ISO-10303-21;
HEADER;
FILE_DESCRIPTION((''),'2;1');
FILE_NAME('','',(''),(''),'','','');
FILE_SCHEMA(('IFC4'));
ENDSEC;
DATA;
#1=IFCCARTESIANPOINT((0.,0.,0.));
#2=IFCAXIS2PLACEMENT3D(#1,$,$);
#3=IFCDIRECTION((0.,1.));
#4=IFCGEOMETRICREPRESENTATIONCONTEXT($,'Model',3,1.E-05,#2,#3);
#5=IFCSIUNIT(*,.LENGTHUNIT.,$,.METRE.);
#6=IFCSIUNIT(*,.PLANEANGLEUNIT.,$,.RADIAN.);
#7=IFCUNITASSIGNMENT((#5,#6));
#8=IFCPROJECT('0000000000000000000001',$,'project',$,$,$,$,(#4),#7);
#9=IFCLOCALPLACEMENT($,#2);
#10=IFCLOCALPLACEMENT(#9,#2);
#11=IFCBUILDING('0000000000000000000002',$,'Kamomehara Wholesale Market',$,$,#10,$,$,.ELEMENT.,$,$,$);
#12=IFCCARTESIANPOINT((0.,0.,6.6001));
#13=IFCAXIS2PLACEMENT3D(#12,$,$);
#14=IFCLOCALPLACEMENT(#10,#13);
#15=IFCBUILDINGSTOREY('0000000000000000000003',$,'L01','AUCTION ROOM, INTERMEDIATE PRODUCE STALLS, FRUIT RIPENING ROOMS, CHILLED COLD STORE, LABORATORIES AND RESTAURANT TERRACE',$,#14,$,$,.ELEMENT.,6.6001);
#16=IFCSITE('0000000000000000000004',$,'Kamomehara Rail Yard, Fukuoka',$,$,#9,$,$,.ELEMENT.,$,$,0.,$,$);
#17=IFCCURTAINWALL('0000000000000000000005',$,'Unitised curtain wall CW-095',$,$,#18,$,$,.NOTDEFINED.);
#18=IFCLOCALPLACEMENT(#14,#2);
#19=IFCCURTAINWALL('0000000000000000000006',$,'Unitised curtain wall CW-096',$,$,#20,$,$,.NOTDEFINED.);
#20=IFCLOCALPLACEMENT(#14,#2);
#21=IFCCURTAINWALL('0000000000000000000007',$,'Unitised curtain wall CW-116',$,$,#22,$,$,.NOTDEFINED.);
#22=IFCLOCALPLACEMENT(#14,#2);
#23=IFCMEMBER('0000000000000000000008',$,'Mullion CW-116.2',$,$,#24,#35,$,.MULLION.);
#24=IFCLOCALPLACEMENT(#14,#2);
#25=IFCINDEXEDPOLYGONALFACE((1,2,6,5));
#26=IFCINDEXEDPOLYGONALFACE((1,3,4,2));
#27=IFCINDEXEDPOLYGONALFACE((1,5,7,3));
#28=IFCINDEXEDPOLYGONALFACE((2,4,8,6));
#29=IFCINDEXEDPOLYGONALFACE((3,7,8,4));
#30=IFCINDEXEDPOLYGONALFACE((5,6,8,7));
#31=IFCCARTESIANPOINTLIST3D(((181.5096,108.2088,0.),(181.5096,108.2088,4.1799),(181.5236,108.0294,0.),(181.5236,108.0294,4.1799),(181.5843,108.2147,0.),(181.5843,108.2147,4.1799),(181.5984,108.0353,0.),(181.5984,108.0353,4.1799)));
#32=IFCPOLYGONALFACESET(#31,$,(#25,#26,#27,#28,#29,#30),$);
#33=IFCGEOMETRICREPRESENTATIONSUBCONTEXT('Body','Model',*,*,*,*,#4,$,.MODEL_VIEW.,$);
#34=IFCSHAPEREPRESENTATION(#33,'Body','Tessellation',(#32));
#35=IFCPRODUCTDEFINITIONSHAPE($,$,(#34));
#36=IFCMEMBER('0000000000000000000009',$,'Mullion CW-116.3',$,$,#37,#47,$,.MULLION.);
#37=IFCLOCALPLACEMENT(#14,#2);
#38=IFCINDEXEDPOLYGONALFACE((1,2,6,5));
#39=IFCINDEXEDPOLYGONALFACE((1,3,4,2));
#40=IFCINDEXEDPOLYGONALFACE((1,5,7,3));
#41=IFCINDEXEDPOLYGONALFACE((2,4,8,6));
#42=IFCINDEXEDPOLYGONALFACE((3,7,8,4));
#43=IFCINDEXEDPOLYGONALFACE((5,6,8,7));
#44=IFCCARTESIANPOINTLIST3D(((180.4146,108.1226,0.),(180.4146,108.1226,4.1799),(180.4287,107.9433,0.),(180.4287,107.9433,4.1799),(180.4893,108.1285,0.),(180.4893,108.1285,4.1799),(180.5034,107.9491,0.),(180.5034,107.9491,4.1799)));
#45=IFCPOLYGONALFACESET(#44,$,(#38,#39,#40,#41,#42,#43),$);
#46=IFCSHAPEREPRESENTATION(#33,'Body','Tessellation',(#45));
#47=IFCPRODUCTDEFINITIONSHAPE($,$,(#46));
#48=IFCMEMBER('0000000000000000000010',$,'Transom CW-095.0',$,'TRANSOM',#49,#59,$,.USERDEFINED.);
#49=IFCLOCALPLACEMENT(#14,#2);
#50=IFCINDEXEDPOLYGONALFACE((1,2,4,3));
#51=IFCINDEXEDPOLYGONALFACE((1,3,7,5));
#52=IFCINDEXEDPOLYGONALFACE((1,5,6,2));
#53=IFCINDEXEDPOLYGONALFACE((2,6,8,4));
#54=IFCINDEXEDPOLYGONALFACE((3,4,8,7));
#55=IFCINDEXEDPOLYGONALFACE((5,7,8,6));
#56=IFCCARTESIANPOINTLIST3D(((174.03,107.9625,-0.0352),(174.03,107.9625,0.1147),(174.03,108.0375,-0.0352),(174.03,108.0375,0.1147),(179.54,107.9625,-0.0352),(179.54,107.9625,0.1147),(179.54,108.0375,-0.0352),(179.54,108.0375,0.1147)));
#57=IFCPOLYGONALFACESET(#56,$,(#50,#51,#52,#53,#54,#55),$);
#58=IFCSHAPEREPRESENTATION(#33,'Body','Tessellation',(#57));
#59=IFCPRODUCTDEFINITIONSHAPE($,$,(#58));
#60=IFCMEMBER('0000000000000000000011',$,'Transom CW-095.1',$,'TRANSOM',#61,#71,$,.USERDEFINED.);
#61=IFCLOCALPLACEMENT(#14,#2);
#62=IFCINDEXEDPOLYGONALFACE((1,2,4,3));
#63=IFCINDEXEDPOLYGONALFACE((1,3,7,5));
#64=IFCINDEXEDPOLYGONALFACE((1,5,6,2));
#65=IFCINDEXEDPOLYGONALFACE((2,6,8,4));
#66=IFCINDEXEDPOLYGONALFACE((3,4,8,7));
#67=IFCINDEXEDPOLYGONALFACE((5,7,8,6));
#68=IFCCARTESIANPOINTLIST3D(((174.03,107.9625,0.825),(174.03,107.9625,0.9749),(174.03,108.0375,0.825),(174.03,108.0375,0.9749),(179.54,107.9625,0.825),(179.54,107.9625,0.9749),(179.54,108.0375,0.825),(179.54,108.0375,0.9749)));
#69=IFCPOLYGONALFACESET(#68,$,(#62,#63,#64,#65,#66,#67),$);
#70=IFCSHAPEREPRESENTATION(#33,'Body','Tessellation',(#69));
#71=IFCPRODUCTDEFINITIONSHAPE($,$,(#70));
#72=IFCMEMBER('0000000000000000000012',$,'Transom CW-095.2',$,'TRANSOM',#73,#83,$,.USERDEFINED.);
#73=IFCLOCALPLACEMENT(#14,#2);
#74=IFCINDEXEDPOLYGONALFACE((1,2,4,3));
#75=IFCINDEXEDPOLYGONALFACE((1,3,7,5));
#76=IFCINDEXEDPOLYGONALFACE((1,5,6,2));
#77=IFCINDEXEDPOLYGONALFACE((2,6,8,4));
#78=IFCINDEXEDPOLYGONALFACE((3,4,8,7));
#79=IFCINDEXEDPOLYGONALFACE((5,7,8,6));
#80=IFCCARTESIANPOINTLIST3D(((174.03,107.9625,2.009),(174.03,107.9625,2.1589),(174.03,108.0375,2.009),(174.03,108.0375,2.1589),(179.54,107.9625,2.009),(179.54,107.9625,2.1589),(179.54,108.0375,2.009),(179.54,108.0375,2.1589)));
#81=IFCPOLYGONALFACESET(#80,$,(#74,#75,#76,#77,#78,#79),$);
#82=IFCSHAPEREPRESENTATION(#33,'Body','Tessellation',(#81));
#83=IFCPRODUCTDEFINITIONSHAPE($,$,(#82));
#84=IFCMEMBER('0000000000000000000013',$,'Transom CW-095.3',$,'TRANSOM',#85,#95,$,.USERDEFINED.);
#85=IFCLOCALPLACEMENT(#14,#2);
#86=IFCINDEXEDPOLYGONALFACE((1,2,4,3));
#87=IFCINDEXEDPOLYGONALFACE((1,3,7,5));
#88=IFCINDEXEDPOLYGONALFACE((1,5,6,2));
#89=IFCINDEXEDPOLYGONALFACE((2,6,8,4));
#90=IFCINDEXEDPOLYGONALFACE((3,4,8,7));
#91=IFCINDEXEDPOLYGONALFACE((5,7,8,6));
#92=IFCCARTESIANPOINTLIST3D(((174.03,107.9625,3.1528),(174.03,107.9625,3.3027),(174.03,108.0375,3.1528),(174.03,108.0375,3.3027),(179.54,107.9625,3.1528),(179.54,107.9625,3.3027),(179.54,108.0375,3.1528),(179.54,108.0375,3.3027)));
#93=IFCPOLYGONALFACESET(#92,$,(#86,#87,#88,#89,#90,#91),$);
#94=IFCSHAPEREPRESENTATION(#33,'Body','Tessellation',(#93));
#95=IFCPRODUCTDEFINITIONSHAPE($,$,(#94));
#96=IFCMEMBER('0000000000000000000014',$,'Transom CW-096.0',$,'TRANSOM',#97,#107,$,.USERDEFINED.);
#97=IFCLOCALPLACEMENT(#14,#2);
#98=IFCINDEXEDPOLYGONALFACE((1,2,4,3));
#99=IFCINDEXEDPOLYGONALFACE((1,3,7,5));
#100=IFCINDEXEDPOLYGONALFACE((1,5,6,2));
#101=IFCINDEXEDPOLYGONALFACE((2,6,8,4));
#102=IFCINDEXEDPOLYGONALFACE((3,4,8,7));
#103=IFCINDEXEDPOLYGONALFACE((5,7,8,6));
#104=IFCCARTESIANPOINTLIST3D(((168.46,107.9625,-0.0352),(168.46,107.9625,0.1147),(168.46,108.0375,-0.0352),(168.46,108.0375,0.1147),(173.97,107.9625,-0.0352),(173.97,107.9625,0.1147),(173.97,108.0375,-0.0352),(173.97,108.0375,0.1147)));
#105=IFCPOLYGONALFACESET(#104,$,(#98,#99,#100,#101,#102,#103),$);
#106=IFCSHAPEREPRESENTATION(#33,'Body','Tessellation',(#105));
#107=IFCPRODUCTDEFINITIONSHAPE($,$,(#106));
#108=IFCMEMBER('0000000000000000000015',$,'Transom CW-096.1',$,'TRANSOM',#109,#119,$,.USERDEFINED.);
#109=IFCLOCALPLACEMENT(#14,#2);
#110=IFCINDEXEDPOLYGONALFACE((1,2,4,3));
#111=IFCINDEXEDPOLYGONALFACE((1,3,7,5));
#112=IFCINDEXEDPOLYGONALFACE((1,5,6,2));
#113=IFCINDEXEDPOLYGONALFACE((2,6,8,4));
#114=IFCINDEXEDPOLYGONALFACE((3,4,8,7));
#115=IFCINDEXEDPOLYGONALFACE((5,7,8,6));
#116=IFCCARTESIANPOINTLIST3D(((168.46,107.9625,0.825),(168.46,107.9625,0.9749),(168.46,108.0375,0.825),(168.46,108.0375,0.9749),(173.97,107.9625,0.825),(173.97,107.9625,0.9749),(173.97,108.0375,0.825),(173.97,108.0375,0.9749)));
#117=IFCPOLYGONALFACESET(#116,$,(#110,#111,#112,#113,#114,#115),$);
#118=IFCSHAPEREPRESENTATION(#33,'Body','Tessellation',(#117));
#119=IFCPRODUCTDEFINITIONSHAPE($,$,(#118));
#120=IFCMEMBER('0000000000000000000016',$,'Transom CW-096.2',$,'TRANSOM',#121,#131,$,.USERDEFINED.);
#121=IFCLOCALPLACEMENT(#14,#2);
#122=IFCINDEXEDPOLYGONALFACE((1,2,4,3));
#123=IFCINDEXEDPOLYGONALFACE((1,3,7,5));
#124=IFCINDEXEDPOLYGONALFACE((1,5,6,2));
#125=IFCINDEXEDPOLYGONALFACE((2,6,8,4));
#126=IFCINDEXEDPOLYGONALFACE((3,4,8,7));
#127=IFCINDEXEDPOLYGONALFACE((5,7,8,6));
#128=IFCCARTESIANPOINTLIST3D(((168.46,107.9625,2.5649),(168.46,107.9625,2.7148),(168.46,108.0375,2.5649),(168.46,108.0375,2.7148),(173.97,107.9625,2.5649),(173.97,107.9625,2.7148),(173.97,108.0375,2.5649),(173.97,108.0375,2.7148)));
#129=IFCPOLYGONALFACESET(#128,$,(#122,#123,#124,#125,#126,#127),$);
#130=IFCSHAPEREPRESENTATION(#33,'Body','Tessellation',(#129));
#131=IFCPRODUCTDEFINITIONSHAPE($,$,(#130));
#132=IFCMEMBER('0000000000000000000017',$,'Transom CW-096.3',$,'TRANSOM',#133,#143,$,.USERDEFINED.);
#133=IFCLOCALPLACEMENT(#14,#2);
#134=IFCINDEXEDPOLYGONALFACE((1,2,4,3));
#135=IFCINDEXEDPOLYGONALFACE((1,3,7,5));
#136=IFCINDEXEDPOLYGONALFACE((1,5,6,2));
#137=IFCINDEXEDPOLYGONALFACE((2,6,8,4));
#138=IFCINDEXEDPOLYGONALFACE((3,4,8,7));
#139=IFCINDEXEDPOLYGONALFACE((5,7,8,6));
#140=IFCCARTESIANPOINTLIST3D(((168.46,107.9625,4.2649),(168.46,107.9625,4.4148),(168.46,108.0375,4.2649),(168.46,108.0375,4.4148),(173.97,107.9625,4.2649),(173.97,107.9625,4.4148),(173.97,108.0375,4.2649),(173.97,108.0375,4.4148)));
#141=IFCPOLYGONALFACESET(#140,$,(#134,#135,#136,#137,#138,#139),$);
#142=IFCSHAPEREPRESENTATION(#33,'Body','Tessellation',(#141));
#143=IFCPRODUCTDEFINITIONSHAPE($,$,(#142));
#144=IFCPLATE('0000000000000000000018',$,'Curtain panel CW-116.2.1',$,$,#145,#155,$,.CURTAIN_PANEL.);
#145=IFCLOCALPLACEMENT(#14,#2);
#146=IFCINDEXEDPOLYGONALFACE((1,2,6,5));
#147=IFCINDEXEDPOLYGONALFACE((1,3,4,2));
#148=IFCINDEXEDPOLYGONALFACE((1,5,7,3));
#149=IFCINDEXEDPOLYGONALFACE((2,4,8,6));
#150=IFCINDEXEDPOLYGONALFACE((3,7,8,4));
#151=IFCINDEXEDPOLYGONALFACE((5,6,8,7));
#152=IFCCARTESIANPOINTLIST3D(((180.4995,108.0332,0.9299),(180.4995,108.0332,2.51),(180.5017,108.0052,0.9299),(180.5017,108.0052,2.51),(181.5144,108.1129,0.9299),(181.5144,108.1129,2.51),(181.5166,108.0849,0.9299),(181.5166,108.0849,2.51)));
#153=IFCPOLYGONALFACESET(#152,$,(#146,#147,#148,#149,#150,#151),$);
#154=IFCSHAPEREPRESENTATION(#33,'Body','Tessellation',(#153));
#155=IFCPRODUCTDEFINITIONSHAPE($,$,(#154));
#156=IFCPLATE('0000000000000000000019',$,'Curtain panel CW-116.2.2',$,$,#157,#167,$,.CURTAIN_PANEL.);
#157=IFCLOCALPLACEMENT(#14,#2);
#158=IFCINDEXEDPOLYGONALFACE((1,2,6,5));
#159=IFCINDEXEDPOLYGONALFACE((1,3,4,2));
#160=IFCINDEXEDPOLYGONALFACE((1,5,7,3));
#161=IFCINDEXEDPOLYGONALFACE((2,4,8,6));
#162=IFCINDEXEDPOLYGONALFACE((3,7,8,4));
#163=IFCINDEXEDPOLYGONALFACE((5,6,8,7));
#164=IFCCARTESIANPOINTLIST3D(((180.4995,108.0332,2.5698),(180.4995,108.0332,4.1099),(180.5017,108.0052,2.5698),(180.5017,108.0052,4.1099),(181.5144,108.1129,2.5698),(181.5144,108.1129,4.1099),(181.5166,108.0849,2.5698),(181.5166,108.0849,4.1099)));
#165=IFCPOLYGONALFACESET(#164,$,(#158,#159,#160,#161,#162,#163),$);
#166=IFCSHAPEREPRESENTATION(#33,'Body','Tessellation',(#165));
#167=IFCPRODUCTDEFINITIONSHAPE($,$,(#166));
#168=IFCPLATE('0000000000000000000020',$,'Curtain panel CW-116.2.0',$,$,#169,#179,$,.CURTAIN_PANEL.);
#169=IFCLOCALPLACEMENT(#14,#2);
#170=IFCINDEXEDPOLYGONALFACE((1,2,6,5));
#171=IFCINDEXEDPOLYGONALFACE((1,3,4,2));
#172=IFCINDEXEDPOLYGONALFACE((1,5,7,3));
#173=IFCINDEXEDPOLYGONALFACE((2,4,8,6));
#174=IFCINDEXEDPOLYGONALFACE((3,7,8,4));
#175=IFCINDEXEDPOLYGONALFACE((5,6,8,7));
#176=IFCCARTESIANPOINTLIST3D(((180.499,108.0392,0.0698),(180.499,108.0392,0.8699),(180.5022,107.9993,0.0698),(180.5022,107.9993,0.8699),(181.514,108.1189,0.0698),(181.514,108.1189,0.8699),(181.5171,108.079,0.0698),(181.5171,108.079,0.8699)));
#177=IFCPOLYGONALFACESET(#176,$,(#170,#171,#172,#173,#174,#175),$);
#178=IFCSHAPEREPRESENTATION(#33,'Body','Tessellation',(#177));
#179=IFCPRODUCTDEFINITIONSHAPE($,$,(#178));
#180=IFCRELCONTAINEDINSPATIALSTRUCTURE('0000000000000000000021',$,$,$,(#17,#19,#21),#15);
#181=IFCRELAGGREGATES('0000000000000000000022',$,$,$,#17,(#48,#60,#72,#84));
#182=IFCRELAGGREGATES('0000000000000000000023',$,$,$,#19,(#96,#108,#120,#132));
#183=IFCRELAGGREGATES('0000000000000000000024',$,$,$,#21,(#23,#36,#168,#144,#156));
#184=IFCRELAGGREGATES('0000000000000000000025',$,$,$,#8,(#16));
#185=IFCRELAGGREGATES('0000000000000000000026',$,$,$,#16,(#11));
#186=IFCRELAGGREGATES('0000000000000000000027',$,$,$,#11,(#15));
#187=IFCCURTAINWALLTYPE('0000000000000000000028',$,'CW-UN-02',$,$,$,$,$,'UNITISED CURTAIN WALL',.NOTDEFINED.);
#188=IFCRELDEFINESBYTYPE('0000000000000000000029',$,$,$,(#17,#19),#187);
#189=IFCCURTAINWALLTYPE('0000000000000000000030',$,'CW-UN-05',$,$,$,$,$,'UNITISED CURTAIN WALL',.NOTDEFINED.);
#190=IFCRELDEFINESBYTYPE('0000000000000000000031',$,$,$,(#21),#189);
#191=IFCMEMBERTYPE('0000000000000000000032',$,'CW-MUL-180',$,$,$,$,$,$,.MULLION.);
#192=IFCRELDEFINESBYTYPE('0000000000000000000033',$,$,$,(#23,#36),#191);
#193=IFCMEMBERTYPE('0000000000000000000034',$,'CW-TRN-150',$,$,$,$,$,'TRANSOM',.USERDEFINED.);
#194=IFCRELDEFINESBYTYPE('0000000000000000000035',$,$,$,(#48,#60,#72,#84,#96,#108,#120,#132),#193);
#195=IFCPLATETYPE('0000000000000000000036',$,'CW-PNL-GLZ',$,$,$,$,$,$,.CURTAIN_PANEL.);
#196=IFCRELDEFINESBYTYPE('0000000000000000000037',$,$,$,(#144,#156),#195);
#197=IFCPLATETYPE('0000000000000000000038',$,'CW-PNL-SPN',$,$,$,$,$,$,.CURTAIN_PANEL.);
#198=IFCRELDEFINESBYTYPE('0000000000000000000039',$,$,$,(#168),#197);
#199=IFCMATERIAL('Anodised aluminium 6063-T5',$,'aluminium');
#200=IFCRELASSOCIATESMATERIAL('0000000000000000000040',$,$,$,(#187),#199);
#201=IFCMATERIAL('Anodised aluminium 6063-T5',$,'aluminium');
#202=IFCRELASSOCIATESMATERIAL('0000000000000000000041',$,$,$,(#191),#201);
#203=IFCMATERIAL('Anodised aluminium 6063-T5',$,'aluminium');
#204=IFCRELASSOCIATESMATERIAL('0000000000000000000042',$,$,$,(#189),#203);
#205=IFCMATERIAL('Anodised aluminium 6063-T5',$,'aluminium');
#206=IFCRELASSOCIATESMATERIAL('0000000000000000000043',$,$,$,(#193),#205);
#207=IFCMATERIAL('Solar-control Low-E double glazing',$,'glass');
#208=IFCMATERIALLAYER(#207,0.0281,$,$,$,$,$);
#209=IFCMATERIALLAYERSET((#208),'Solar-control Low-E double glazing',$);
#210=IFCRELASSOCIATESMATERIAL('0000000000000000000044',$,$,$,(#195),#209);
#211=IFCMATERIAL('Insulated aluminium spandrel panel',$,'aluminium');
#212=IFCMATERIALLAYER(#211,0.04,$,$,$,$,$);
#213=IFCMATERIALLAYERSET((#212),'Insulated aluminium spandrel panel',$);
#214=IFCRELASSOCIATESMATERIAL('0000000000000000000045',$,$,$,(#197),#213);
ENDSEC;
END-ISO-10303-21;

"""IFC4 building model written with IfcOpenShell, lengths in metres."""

from ifc_helpers import new_model, si_unit, direction, frame, origin, origin_2d, place, context, subcontext, project, spatial, rectangle, extrude, material, layer, layer_set, material_profile, profile_set, type_object, element, aggregate, save


model = new_model("IFC4")

# Units and contexts
model_context = context("Model", 3, precision=1e-05, world=origin(), true_north=direction((0.0, 1.0)))
body_context = subcontext(model_context, "Body", "Model", "MODEL_VIEW")
ifc_project = project(units=[si_unit("LENGTHUNIT", "METRE"), si_unit("PLANEANGLEUNIT", "RADIAN")], contexts=[model_context])

# Site, building, storey
site_placement = place(None, origin())
site = spatial("IfcSite", under=ifc_project, at=site_placement, Name="Kamomehara Rail Yard, Fukuoka", CompositionType="ELEMENT", RefElevation=0.0)
building_placement = place(site_placement, origin())
building = spatial("IfcBuilding", under=site, at=building_placement, Name="Kamomehara Wholesale Market", CompositionType="ELEMENT")
storey_placement = place(building_placement, frame((0.0, 0.0, 6.6001)))
storey = spatial("IfcBuildingStorey", under=building, at=storey_placement, Name="L01", Description="AUCTION ROOM, INTERMEDIATE PRODUCE STALLS, FRUIT RIPENING ROOMS, CHILLED COLD STORE, LABORATORIES AND RESTAURANT TERRACE", CompositionType="ELEMENT", Elevation=6.6001)

# Curtain walls, members
ifc_material_1 = material(Name="Anodised aluminium 6063-T5", Category="aluminium")
curtain_wall_type_1 = type_object("IfcCurtainWallType", Name="CW-UN-02", ElementType="UNITISED CURTAIN WALL", PredefinedType="NOTDEFINED", material=ifc_material_1)
curtain_wall_1_placement = place(storey_placement, origin())
curtain_wall_1 = element("IfcCurtainWall", 1, at=curtain_wall_1_placement, inside=storey, type_object=curtain_wall_type_1, Name="Unitised curtain wall CW-095", PredefinedType="NOTDEFINED")
ifc_material_2 = material(Name="Anodised aluminium 6063-T5", Category="aluminium")
ifc_material_profile_1 = material_profile(ifc_material_2, rectangle(XDim=0.075, YDim=0.1799, at=origin_2d()), Name="ALU-MUL-75x180")
ifc_profile_set_1 = profile_set([ifc_material_profile_1], Name="Anodised aluminium 6063-T5")
member_type_1 = type_object("IfcMemberType", Name="CW-MUL-180", PredefinedType="MULLION", material=ifc_profile_set_1)
curtain_wall_2_placement = place(storey_placement, origin())
curtain_wall_2 = element("IfcCurtainWall", 2, at=curtain_wall_2_placement, inside=storey, type_object=curtain_wall_type_1, Name="Unitised curtain wall CW-096", PredefinedType="NOTDEFINED")
ifc_material_3 = material(Name="Anodised aluminium 6063-T5", Category="aluminium")
curtain_wall_type_2 = type_object("IfcCurtainWallType", Name="CW-UN-05", ElementType="UNITISED CURTAIN WALL", PredefinedType="NOTDEFINED", material=ifc_material_3)
curtain_wall_3_placement = place(storey_placement, origin())
curtain_wall_3 = element("IfcCurtainWall", 3, at=curtain_wall_3_placement, inside=storey, type_object=curtain_wall_type_2, Name="Unitised curtain wall CW-116", PredefinedType="NOTDEFINED")
member_1_placement = place(storey_placement, frame((181.554, 108.1221, 0.0), z_axis=(0.0, 0.0, 1.0), x_axis=(-0.99693, -0.078297, 0.0)))
member_1 = element("IfcMember", 4, at=member_1_placement, type_object=member_type_1, Name="Mullion CW-116.2", PredefinedType="MULLION", context=body_context, shape_type="SweptSolid", body=[
    extrude(rectangle(XDim=0.075, YDim=0.1799, at=origin_2d()), origin(), (0.0, 0.0, 1.0), 4.1799),
])
member_2_placement = place(storey_placement, frame((180.459, 108.0359, 0.0), z_axis=(0.0, 0.0, 1.0), x_axis=(-0.99693, -0.078297, 0.0)))
member_2 = element("IfcMember", 5, at=member_2_placement, type_object=member_type_1, Name="Mullion CW-116.3", PredefinedType="MULLION", context=body_context, shape_type="SweptSolid", body=[
    extrude(rectangle(XDim=0.075, YDim=0.1799, at=origin_2d()), origin(), (0.0, 0.0, 1.0), 4.1799),
])

# Members
ifc_material_4 = material(Name="Anodised aluminium 6063-T5", Category="aluminium")
ifc_material_profile_2 = material_profile(ifc_material_4, rectangle(XDim=0.075, YDim=0.1499, at=origin_2d()), Name="ALU-TRN-75x150")
ifc_profile_set_2 = profile_set([ifc_material_profile_2], Name="Anodised aluminium 6063-T5")
member_type_2 = type_object("IfcMemberType", Name="CW-TRN-150", ElementType="TRANSOM", PredefinedType="USERDEFINED", material=ifc_profile_set_2)
member_3_placement = place(storey_placement, frame((179.54, 108.0, 0.0398), z_axis=(-1.0, 0.0, 0.0), x_axis=(0.0, -1.0, 0.0)))
member_3 = element("IfcMember", 6, at=member_3_placement, type_object=member_type_2, Name="Transom CW-095.0", ObjectType="TRANSOM", PredefinedType="USERDEFINED", context=body_context, shape_type="SweptSolid", body=[
    extrude(rectangle(XDim=0.075, YDim=0.1499, at=origin_2d()), origin(), (0.0, 0.0, 1.0), 5.51),
])
member_4_placement = place(storey_placement, frame((179.54, 108.0, 0.8999), z_axis=(-1.0, 0.0, 0.0), x_axis=(0.0, -1.0, 0.0)))
member_4 = element("IfcMember", 7, at=member_4_placement, type_object=member_type_2, Name="Transom CW-095.1", ObjectType="TRANSOM", PredefinedType="USERDEFINED", context=body_context, shape_type="SweptSolid", body=[
    extrude(rectangle(XDim=0.075, YDim=0.1499, at=origin_2d()), origin(), (0.0, 0.0, 1.0), 5.51),
])
member_5_placement = place(storey_placement, frame((179.54, 108.0, 2.084), z_axis=(-1.0, 0.0, 0.0), x_axis=(0.0, -1.0, 0.0)))
member_5 = element("IfcMember", 8, at=member_5_placement, type_object=member_type_2, Name="Transom CW-095.2", ObjectType="TRANSOM", PredefinedType="USERDEFINED", context=body_context, shape_type="SweptSolid", body=[
    extrude(rectangle(XDim=0.075, YDim=0.1499, at=origin_2d()), origin(), (0.0, 0.0, 1.0), 5.51),
])
member_6_placement = place(storey_placement, frame((179.54, 108.0, 3.2278), z_axis=(-1.0, 0.0, 0.0), x_axis=(0.0, -1.0, 0.0)))
member_6 = element("IfcMember", 9, at=member_6_placement, type_object=member_type_2, Name="Transom CW-095.3", ObjectType="TRANSOM", PredefinedType="USERDEFINED", context=body_context, shape_type="SweptSolid", body=[
    extrude(rectangle(XDim=0.075, YDim=0.1499, at=origin_2d()), origin(), (0.0, 0.0, 1.0), 5.51),
])
aggregate(curtain_wall_1, [member_3, member_4, member_5, member_6])
member_7_placement = place(storey_placement, frame((173.97, 108.0, 0.0398), z_axis=(-1.0, 0.0, 0.0), x_axis=(0.0, -1.0, 0.0)))
member_7 = element("IfcMember", 10, at=member_7_placement, type_object=member_type_2, Name="Transom CW-096.0", ObjectType="TRANSOM", PredefinedType="USERDEFINED", context=body_context, shape_type="SweptSolid", body=[
    extrude(rectangle(XDim=0.075, YDim=0.1499, at=origin_2d()), origin(), (0.0, 0.0, 1.0), 5.51),
])
member_8_placement = place(storey_placement, frame((173.97, 108.0, 0.8999), z_axis=(-1.0, 0.0, 0.0), x_axis=(0.0, -1.0, 0.0)))
member_8 = element("IfcMember", 11, at=member_8_placement, type_object=member_type_2, Name="Transom CW-096.1", ObjectType="TRANSOM", PredefinedType="USERDEFINED", context=body_context, shape_type="SweptSolid", body=[
    extrude(rectangle(XDim=0.075, YDim=0.1499, at=origin_2d()), origin(), (0.0, 0.0, 1.0), 5.51),
])
member_9_placement = place(storey_placement, frame((173.97, 108.0, 2.6399), z_axis=(-1.0, 0.0, 0.0), x_axis=(0.0, -1.0, 0.0)))
member_9 = element("IfcMember", 12, at=member_9_placement, type_object=member_type_2, Name="Transom CW-096.2", ObjectType="TRANSOM", PredefinedType="USERDEFINED", context=body_context, shape_type="SweptSolid", body=[
    extrude(rectangle(XDim=0.075, YDim=0.1499, at=origin_2d()), origin(), (0.0, 0.0, 1.0), 5.51),
])
member_10_placement = place(storey_placement, frame((173.97, 108.0, 4.3398), z_axis=(-1.0, 0.0, 0.0), x_axis=(0.0, -1.0, 0.0)))
member_10 = element("IfcMember", 13, at=member_10_placement, type_object=member_type_2, Name="Transom CW-096.3", ObjectType="TRANSOM", PredefinedType="USERDEFINED", context=body_context, shape_type="SweptSolid", body=[
    extrude(rectangle(XDim=0.075, YDim=0.1499, at=origin_2d()), origin(), (0.0, 0.0, 1.0), 5.51),
])
aggregate(curtain_wall_2, [member_7, member_8, member_9, member_10])

# Plates
ifc_material_5 = material(Name="Solar-control Low-E double glazing", Category="glass")
ifc_layer_1 = layer(ifc_material_5, 0.0281)
ifc_layer_set_1 = layer_set([ifc_layer_1], Name="Solar-control Low-E double glazing")
plate_type_1 = type_object("IfcPlateType", Name="CW-PNL-GLZ", PredefinedType="CURTAIN_PANEL", material=ifc_layer_set_1)
plate_1_placement = place(storey_placement, frame((181.0081, 108.0591, 0.9299), z_axis=(0.0, 0.0, 1.0), x_axis=(-0.99693, -0.078302, 0.0)))
plate_1 = element("IfcPlate", 14, at=plate_1_placement, type_object=plate_type_1, Name="Curtain panel CW-116.2.1", PredefinedType="CURTAIN_PANEL", context=body_context, shape_type="SweptSolid", body=[
    extrude(rectangle(XDim=1.0181, YDim=0.0281, at=origin_2d()), origin(), (0.0, 0.0, 1.0), 1.5801),
])
plate_2_placement = place(storey_placement, frame((181.0081, 108.0591, 2.5698), z_axis=(0.0, 0.0, 1.0), x_axis=(-0.99693, -0.078302, 0.0)))
plate_2 = element("IfcPlate", 15, at=plate_2_placement, type_object=plate_type_1, Name="Curtain panel CW-116.2.2", PredefinedType="CURTAIN_PANEL", context=body_context, shape_type="SweptSolid", body=[
    extrude(rectangle(XDim=1.0181, YDim=0.0281, at=origin_2d()), origin(), (0.0, 0.0, 1.0), 1.54),
])
ifc_material_6 = material(Name="Insulated aluminium spandrel panel", Category="aluminium")
ifc_layer_2 = layer(ifc_material_6, 0.04)
ifc_layer_set_2 = layer_set([ifc_layer_2], Name="Insulated aluminium spandrel panel")
plate_type_2 = type_object("IfcPlateType", Name="CW-PNL-SPN", PredefinedType="CURTAIN_PANEL", material=ifc_layer_set_2)
plate_3_placement = place(storey_placement, frame((181.0081, 108.0591, 0.0698), z_axis=(0.0, 0.0, 1.0), x_axis=(-0.99693, -0.078302, 0.0)))
plate_3 = element("IfcPlate", 16, at=plate_3_placement, type_object=plate_type_2, Name="Curtain panel CW-116.2.0", PredefinedType="CURTAIN_PANEL", context=body_context, shape_type="SweptSolid", body=[
    extrude(rectangle(XDim=1.0181, YDim=0.04, at=origin_2d()), origin(), (0.0, 0.0, 1.0), 0.8),
])
aggregate(curtain_wall_3, [member_1, member_2, plate_3, plate_1, plate_2])

save(model, "model.ifc")
